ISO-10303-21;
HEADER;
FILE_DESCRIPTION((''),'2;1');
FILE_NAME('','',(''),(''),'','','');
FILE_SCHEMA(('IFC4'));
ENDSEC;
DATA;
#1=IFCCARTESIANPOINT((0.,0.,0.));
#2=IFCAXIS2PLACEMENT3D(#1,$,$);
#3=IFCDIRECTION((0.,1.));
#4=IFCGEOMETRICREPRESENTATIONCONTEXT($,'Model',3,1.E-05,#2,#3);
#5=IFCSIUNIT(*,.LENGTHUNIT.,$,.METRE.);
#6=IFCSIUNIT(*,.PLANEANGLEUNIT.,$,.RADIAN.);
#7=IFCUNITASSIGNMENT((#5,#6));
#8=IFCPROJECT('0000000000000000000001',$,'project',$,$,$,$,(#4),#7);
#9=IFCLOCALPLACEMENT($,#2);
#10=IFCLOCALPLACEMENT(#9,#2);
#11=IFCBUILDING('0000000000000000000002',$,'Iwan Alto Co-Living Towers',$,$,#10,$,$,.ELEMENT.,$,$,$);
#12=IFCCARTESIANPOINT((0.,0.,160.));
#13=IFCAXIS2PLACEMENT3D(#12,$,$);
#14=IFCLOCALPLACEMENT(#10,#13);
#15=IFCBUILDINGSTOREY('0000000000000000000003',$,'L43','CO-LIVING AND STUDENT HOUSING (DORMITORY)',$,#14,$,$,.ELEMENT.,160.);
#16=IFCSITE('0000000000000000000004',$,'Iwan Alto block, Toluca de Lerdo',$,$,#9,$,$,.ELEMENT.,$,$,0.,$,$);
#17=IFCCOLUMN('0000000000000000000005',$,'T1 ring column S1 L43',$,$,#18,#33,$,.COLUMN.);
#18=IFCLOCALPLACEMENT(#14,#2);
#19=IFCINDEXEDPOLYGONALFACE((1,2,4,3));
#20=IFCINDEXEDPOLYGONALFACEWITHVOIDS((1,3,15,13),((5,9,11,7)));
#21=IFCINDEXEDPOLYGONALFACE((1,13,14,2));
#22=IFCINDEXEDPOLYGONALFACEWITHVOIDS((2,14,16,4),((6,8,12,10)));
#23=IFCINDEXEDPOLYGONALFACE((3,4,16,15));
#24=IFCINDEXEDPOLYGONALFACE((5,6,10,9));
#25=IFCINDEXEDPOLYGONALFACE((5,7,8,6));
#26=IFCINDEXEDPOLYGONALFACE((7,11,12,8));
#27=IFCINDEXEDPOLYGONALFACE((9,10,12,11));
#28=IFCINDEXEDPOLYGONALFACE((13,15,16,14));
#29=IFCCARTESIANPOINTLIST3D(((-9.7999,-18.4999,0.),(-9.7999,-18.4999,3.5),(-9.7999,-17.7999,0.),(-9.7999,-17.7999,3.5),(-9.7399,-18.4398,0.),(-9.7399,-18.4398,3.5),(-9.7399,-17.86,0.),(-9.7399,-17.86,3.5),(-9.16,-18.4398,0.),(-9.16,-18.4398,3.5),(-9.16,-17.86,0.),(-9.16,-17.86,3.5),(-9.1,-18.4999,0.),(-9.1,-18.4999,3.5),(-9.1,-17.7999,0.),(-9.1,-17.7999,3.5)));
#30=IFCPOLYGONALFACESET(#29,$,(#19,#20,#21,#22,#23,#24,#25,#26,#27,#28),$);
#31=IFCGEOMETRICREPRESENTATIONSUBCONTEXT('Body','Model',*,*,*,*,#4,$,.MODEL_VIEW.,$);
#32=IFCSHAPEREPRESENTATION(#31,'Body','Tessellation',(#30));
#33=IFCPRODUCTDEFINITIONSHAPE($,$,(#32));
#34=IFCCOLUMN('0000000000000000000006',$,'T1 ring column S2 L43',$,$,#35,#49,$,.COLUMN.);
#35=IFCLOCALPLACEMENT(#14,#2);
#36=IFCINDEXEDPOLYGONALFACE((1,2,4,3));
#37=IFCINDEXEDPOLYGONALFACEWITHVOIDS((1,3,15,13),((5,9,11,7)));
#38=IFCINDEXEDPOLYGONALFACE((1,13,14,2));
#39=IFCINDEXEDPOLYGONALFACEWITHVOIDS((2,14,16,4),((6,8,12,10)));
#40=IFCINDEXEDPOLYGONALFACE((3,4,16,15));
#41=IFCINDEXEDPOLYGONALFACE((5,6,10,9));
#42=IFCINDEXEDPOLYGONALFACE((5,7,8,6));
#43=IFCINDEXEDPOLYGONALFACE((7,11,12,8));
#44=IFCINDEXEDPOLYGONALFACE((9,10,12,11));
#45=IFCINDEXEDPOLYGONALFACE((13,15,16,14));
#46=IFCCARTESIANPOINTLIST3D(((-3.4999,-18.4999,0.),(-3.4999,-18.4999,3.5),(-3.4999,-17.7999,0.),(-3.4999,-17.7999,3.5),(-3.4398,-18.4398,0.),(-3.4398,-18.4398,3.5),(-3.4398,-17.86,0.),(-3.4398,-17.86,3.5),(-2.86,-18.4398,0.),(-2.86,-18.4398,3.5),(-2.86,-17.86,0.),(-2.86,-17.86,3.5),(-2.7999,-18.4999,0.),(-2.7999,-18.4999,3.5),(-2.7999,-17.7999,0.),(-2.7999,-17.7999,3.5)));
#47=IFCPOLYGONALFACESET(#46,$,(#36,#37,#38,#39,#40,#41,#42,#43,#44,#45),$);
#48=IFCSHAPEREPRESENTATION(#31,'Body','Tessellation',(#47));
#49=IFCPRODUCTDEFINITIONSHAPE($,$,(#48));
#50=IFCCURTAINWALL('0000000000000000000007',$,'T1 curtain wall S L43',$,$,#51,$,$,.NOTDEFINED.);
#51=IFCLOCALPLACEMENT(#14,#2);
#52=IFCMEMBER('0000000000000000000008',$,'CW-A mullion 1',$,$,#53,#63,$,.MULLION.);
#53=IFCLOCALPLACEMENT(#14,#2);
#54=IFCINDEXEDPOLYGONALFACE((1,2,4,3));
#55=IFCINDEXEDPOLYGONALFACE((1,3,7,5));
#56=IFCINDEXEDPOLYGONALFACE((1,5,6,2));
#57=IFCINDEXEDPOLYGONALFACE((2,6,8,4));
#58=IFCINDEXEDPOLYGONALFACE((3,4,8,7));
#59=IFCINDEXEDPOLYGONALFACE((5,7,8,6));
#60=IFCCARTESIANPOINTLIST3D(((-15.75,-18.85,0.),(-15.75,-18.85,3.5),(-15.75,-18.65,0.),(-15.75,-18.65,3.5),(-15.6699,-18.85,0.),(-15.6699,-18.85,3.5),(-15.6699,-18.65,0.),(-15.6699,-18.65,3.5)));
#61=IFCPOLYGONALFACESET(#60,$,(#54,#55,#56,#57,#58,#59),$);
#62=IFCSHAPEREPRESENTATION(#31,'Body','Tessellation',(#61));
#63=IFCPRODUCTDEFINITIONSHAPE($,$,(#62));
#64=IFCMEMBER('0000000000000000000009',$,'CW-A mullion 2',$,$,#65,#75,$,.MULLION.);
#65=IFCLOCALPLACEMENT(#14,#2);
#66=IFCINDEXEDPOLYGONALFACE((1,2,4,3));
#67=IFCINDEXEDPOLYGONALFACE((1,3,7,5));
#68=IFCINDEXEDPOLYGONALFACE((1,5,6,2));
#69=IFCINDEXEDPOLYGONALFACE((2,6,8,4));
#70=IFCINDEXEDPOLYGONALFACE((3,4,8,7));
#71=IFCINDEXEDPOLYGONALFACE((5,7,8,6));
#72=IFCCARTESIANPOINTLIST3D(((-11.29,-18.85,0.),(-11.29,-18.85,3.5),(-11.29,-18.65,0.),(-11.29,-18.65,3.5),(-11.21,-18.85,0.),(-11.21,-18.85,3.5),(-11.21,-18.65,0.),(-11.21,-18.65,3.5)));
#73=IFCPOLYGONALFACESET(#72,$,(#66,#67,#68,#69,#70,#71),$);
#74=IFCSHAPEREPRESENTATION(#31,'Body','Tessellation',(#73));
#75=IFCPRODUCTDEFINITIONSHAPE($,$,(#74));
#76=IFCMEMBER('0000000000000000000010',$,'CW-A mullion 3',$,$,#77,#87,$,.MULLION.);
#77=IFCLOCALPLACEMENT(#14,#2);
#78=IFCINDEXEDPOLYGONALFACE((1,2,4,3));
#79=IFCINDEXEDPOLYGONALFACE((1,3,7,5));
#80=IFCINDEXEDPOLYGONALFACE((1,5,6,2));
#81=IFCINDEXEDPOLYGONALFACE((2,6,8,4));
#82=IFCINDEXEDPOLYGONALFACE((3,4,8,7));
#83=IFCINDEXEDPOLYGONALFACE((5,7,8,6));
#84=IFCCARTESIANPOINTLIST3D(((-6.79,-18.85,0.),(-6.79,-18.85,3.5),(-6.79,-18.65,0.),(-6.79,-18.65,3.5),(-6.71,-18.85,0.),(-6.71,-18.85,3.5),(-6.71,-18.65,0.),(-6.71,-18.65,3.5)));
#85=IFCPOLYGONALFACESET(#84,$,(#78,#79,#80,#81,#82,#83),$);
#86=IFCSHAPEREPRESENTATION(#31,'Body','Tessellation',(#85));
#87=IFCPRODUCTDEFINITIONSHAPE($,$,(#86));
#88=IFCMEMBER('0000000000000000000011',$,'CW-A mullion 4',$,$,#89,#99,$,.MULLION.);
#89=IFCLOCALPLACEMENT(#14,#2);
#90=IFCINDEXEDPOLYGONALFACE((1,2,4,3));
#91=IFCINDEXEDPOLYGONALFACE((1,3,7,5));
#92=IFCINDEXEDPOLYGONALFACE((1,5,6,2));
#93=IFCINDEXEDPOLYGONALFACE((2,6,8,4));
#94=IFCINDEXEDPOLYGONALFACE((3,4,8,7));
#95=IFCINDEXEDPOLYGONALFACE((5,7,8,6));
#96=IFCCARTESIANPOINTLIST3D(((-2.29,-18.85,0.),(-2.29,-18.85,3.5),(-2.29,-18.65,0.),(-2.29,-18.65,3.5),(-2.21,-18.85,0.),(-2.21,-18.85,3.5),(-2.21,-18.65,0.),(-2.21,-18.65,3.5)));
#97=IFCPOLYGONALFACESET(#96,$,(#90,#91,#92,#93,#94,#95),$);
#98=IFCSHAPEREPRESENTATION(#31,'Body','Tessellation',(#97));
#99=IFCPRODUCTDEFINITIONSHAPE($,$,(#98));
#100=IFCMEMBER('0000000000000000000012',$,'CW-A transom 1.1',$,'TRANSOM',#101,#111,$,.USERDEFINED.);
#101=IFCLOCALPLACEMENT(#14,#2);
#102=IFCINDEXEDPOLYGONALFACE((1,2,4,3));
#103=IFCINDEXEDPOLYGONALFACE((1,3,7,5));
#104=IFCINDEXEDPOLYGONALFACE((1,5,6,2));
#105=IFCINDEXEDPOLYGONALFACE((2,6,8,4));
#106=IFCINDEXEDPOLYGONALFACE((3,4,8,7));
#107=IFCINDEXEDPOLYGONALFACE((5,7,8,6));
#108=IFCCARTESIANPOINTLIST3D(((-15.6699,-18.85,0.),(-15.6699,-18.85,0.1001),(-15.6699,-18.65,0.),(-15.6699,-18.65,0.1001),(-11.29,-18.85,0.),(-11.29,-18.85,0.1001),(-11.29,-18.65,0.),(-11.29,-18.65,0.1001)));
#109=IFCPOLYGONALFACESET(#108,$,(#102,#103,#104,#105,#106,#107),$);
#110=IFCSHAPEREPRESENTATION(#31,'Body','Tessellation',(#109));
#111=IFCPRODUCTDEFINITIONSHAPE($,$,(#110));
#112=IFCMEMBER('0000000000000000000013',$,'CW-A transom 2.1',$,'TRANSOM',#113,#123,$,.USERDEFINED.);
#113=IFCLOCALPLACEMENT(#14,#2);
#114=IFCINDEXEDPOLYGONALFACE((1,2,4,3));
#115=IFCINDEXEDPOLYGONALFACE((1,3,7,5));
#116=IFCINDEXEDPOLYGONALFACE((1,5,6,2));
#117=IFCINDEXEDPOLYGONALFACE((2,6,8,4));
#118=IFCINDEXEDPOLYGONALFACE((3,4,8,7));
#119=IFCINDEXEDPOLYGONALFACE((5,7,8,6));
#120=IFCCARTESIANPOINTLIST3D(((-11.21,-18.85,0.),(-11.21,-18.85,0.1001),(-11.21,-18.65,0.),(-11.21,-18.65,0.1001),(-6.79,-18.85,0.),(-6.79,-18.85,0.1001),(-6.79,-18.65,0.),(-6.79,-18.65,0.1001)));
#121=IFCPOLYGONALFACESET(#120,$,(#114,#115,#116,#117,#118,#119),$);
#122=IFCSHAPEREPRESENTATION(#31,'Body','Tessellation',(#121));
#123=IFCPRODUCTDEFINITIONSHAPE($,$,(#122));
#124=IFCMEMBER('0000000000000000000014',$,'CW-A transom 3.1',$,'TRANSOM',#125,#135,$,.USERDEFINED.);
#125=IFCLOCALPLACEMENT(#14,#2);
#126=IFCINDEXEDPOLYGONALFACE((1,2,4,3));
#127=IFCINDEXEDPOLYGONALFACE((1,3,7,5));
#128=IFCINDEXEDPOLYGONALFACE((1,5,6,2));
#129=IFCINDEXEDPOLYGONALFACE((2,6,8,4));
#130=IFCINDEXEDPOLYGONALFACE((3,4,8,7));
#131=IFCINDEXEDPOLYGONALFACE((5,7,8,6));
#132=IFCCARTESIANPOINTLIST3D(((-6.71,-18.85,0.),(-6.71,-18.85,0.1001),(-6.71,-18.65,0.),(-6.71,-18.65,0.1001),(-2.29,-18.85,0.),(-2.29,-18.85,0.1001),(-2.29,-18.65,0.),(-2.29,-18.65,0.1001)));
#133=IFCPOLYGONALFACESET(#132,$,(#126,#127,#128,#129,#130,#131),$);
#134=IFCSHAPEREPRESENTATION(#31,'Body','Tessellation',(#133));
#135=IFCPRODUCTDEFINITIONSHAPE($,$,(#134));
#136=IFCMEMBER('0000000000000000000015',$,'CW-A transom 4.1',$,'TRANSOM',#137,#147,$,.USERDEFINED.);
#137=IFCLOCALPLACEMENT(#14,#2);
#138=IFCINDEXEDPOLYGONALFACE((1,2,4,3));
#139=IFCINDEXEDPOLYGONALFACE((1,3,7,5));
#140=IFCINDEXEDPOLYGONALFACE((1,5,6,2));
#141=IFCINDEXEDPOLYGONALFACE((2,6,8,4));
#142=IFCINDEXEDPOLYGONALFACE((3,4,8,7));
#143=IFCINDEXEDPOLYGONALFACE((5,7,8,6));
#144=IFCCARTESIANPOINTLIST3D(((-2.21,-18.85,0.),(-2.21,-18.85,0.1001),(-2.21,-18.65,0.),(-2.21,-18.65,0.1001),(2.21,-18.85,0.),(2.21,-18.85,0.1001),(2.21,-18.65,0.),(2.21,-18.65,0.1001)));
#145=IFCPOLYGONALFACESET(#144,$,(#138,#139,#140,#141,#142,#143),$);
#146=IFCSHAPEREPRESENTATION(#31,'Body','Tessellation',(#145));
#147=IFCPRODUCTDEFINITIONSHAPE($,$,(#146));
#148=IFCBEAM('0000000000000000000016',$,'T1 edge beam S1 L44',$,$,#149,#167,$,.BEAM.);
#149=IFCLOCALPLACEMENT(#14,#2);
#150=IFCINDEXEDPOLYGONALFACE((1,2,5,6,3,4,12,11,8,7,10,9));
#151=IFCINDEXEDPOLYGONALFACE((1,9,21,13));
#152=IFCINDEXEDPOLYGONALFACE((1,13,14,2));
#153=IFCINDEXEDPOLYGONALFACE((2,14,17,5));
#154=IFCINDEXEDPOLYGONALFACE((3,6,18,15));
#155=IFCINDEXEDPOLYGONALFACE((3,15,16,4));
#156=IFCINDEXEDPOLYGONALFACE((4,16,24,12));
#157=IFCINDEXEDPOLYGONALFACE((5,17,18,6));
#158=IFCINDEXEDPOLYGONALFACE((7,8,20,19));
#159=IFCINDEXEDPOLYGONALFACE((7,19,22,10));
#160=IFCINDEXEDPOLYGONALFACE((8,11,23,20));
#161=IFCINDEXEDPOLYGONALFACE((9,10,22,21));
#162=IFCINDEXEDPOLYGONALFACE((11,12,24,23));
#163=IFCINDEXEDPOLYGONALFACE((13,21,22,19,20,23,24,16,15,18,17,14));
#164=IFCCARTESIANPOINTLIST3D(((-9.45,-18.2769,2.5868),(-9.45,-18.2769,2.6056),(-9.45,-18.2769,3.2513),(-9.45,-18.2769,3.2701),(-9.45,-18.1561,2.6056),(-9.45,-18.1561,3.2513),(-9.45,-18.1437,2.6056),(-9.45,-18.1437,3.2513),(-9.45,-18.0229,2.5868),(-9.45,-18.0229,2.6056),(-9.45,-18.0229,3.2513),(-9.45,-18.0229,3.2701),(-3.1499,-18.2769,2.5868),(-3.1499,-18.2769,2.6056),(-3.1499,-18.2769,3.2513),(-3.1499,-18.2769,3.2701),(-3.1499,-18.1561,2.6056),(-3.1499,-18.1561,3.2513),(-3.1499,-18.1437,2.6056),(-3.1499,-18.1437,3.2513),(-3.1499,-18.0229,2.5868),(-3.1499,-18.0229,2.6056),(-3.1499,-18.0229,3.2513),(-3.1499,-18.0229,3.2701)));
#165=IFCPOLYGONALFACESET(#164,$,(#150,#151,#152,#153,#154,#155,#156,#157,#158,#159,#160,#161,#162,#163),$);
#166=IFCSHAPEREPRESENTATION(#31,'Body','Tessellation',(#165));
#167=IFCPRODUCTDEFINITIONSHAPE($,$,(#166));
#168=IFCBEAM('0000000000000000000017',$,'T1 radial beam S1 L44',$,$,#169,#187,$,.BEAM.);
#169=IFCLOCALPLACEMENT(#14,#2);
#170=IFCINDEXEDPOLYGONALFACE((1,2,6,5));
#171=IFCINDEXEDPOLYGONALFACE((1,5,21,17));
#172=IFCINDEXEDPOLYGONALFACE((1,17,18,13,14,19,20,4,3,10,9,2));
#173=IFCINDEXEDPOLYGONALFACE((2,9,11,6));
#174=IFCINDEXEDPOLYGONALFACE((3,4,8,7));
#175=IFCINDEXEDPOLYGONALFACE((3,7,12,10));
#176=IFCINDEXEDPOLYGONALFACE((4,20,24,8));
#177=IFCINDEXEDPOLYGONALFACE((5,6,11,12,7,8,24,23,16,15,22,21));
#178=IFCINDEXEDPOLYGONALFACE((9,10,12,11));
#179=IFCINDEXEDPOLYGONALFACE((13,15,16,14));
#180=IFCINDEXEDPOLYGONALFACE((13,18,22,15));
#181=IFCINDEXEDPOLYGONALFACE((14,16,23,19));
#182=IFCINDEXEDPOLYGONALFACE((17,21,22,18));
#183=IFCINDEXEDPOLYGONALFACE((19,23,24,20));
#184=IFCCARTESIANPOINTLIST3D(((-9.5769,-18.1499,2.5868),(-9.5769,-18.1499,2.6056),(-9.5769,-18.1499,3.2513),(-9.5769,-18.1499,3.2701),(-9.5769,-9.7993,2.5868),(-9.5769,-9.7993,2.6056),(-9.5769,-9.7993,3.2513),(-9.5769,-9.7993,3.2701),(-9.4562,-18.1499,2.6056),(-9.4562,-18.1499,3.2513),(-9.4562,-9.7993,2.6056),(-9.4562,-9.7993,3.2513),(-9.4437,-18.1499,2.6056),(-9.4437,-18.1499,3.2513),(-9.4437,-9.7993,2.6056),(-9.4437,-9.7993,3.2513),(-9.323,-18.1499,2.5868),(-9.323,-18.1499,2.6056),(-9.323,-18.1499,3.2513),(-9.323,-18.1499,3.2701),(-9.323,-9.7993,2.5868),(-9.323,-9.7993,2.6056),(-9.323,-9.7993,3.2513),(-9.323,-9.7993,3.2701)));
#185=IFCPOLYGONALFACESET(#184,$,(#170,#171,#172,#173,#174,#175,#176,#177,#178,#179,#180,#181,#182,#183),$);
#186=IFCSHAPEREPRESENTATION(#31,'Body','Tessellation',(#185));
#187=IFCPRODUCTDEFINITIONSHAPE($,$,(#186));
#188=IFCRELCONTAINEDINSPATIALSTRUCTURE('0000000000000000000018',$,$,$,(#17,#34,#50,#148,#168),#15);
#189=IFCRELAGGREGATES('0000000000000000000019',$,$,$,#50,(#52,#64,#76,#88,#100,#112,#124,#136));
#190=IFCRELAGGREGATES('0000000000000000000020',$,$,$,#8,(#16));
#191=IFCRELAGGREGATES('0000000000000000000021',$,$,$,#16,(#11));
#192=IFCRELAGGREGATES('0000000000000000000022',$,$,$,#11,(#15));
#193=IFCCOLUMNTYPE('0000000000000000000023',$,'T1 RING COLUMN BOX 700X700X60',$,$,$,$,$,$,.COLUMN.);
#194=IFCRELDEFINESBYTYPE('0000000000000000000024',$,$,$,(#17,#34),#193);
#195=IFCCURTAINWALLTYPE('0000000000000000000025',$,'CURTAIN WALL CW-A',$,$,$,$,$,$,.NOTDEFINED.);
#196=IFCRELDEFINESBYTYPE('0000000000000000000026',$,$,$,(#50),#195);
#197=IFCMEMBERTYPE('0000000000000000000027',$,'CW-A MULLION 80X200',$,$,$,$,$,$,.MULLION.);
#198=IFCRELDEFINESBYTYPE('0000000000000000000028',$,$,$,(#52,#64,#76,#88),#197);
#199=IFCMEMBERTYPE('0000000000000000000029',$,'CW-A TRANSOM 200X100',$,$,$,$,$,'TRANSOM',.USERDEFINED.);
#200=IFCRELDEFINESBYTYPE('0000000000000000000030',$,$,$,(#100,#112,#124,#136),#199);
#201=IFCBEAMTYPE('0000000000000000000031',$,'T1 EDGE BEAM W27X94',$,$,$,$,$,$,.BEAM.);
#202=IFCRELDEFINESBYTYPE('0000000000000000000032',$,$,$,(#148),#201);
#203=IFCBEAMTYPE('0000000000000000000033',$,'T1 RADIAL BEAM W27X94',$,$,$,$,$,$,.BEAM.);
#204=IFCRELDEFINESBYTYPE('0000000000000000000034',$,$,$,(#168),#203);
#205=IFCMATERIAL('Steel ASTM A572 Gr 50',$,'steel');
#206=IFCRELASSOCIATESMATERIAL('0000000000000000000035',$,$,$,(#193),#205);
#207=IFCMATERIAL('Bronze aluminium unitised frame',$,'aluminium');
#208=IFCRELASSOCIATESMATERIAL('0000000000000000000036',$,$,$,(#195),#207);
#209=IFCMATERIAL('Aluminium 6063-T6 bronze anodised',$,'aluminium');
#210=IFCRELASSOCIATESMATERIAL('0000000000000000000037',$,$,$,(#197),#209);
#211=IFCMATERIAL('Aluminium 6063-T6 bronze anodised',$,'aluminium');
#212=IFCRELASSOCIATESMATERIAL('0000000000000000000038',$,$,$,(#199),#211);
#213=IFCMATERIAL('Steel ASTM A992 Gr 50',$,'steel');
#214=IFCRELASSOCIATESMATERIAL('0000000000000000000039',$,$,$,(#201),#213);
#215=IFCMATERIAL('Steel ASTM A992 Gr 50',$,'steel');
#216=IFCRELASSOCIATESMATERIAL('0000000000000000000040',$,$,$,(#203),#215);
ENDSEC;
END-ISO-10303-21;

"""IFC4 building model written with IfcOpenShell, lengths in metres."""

from ifc_helpers import new_model, si_unit, direction, frame, origin, origin_2d, place, context, subcontext, project, spatial, rectangle, hollow_rectangle, i_section, extrude, material, material_profile, profile_set, type_object, element, aggregate, save


model = new_model("IFC4")

# Units and contexts
model_context = context("Model", 3, precision=1e-05, world=origin(), true_north=direction((0.0, 1.0)))
body_context = subcontext(model_context, "Body", "Model", "MODEL_VIEW")
ifc_project = project(units=[si_unit("LENGTHUNIT", "METRE"), si_unit("PLANEANGLEUNIT", "RADIAN")], contexts=[model_context])

# Site, building, storey
site_placement = place(None, origin())
site = spatial("IfcSite", under=ifc_project, at=site_placement, Name="Iwan Alto block, Toluca de Lerdo", CompositionType="ELEMENT", RefElevation=0.0)
building_placement = place(site_placement, origin())
building = spatial("IfcBuilding", under=site, at=building_placement, Name="Iwan Alto Co-Living Towers", CompositionType="ELEMENT")
storey_placement = place(building_placement, frame((0.0, 0.0, 160.0)))
storey = spatial("IfcBuildingStorey", under=building, at=storey_placement, Name="L43", Description="CO-LIVING AND STUDENT HOUSING (DORMITORY)", CompositionType="ELEMENT", Elevation=160.0)

# Columns
ifc_material_1 = material(Name="Steel ASTM A572 Gr 50", Category="steel")
ifc_material_profile_1 = material_profile(ifc_material_1, hollow_rectangle(XDim=0.7, YDim=0.7, WallThickness=0.0601, at=origin_2d()), Name="BOX 700X700X60")
ifc_profile_set_1 = profile_set([ifc_material_profile_1], Name="Steel ASTM A572 Gr 50")
column_type = type_object("IfcColumnType", Name="T1 RING COLUMN BOX 700X700X60", PredefinedType="COLUMN", material=ifc_profile_set_1)
for number, where, z_axis, x_axis, name in (
    (1, (-9.45, -18.1499, 0.0), (0.0, 0.0, 1.0), (1.0, 0.0, 0.0), "T1 ring column S1 L43"),
    (2, (-3.1499, -18.1499, 0.0), (0.0, 0.0, 1.0), (1.0, 0.0, 0.0), "T1 ring column S2 L43"),
):
    element("IfcColumn", number, at=place(storey_placement, frame(where, z_axis=z_axis, x_axis=x_axis)), inside=storey, type_object=column_type, Name=name, PredefinedType="COLUMN", context=body_context, shape_type="SweptSolid", body=[
        extrude(hollow_rectangle(XDim=0.7, YDim=0.7, WallThickness=0.0601, at=origin_2d()), origin(), (0.0, 0.0, 1.0), 3.5),
    ])

# Curtain wall, members
ifc_material_2 = material(Name="Bronze aluminium unitised frame", Category="aluminium")
curtain_wall_type = type_object("IfcCurtainWallType", Name="CURTAIN WALL CW-A", PredefinedType="NOTDEFINED", material=ifc_material_2)
curtain_wall_placement = place(storey_placement, origin())
curtain_wall = element("IfcCurtainWall", 3, at=curtain_wall_placement, inside=storey, type_object=curtain_wall_type, Name="T1 curtain wall S L43", PredefinedType="NOTDEFINED")
ifc_material_3 = material(Name="Aluminium 6063-T6 bronze anodised", Category="aluminium")
ifc_material_profile_2 = material_profile(ifc_material_3, rectangle(XDim=0.2, YDim=0.0801, at=origin_2d()), Name="AL 80X200")
ifc_profile_set_2 = profile_set([ifc_material_profile_2], Name="Aluminium 6063-T6 bronze anodised")
member_type_1 = type_object("IfcMemberType", Name="CW-A MULLION 80X200", PredefinedType="MULLION", material=ifc_profile_set_2)
member_1_placement = place(storey_placement, frame((-15.71, -18.75, 0.0), z_axis=(0.0, 0.0, 1.0), x_axis=(0.0, 1.0, 0.0)))
member_1 = element("IfcMember", 4, at=member_1_placement, type_object=member_type_1, Name="CW-A mullion 1", PredefinedType="MULLION", context=body_context, shape_type="SweptSolid", body=[
    extrude(rectangle(XDim=0.2, YDim=0.0801, at=origin_2d()), origin(), (0.0, 0.0, 1.0), 3.5),
])
member_2_placement = place(storey_placement, frame((-11.25, -18.75, 0.0), z_axis=(0.0, 0.0, 1.0), x_axis=(0.0, 1.0, 0.0)))
member_2 = element("IfcMember", 5, at=member_2_placement, type_object=member_type_1, Name="CW-A mullion 2", PredefinedType="MULLION", context=body_context, shape_type="SweptSolid", body=[
    extrude(rectangle(XDim=0.2, YDim=0.0801, at=origin_2d()), origin(), (0.0, 0.0, 1.0), 3.5),
])
member_3_placement = place(storey_placement, frame((-6.75, -18.75, 0.0), z_axis=(0.0, 0.0, 1.0), x_axis=(0.0, 1.0, 0.0)))
member_3 = element("IfcMember", 6, at=member_3_placement, type_object=member_type_1, Name="CW-A mullion 3", PredefinedType="MULLION", context=body_context, shape_type="SweptSolid", body=[
    extrude(rectangle(XDim=0.2, YDim=0.0801, at=origin_2d()), origin(), (0.0, 0.0, 1.0), 3.5),
])
member_4_placement = place(storey_placement, frame((-2.25, -18.75, 0.0), z_axis=(0.0, 0.0, 1.0), x_axis=(0.0, 1.0, 0.0)))
member_4 = element("IfcMember", 7, at=member_4_placement, type_object=member_type_1, Name="CW-A mullion 4", PredefinedType="MULLION", context=body_context, shape_type="SweptSolid", body=[
    extrude(rectangle(XDim=0.2, YDim=0.0801, at=origin_2d()), origin(), (0.0, 0.0, 1.0), 3.5),
])
ifc_material_4 = material(Name="Aluminium 6063-T6 bronze anodised", Category="aluminium")
ifc_material_profile_3 = material_profile(ifc_material_4, rectangle(XDim=0.2, YDim=0.1001, at=origin_2d()), Name="AL 200X100")
ifc_profile_set_3 = profile_set([ifc_material_profile_3], Name="Aluminium 6063-T6 bronze anodised")
member_type_2 = type_object("IfcMemberType", Name="CW-A TRANSOM 200X100", ElementType="TRANSOM", PredefinedType="USERDEFINED", material=ifc_profile_set_3)
member_5_placement = place(storey_placement, frame((-15.6699, -18.75, 0.05), z_axis=(1.0, 0.0, 0.0), x_axis=(0.0, 1.0, 0.0)))
member_5 = element("IfcMember", 8, at=member_5_placement, type_object=member_type_2, Name="CW-A transom 1.1", ObjectType="TRANSOM", PredefinedType="USERDEFINED", context=body_context, shape_type="SweptSolid", body=[
    extrude(rectangle(XDim=0.2, YDim=0.1001, at=origin_2d()), origin(), (0.0, 0.0, 1.0), 4.3799),
])
member_6_placement = place(storey_placement, frame((-11.21, -18.75, 0.05), z_axis=(1.0, 0.0, 0.0), x_axis=(0.0, 1.0, 0.0)))
member_6 = element("IfcMember", 9, at=member_6_placement, type_object=member_type_2, Name="CW-A transom 2.1", ObjectType="TRANSOM", PredefinedType="USERDEFINED", context=body_context, shape_type="SweptSolid", body=[
    extrude(rectangle(XDim=0.2, YDim=0.1001, at=origin_2d()), origin(), (0.0, 0.0, 1.0), 4.4199),
])
member_7_placement = place(storey_placement, frame((-6.71, -18.75, 0.05), z_axis=(1.0, 0.0, 0.0), x_axis=(0.0, 1.0, 0.0)))
member_7 = element("IfcMember", 10, at=member_7_placement, type_object=member_type_2, Name="CW-A transom 3.1", ObjectType="TRANSOM", PredefinedType="USERDEFINED", context=body_context, shape_type="SweptSolid", body=[
    extrude(rectangle(XDim=0.2, YDim=0.1001, at=origin_2d()), origin(), (0.0, 0.0, 1.0), 4.4199),
])
member_8_placement = place(storey_placement, frame((-2.21, -18.75, 0.05), z_axis=(1.0, 0.0, 0.0), x_axis=(0.0, 1.0, 0.0)))
member_8 = element("IfcMember", 11, at=member_8_placement, type_object=member_type_2, Name="CW-A transom 4.1", ObjectType="TRANSOM", PredefinedType="USERDEFINED", context=body_context, shape_type="SweptSolid", body=[
    extrude(rectangle(XDim=0.2, YDim=0.1001, at=origin_2d()), origin(), (0.0, 0.0, 1.0), 4.4199),
])

# Beams
ifc_material_5 = material(Name="Steel ASTM A992 Gr 50", Category="steel")
ifc_material_profile_4 = material_profile(ifc_material_5, i_section(OverallWidth=0.2539, OverallDepth=0.6833, WebThickness=0.0125, FlangeThickness=0.0188, at=origin_2d()), Name="W27X94")
ifc_profile_set_4 = profile_set([ifc_material_profile_4], Name="Steel ASTM A992 Gr 50")
beam_type_1 = type_object("IfcBeamType", Name="T1 EDGE BEAM W27X94", PredefinedType="BEAM", material=ifc_profile_set_4)
beam_1_placement = place(storey_placement, frame((-9.45, -18.1499, 2.9285), z_axis=(1.0, 0.0, 0.0), x_axis=(0.0, 1.0, 0.0)))
element("IfcBeam", 12, at=beam_1_placement, inside=storey, type_object=beam_type_1, Name="T1 edge beam S1 L44", PredefinedType="BEAM", context=body_context, shape_type="SweptSolid", body=[
    extrude(i_section(OverallWidth=0.2539, OverallDepth=0.6833, WebThickness=0.0125, FlangeThickness=0.0188, at=origin_2d()), origin(), (0.0, 0.0, 1.0), 6.3),
])
ifc_material_6 = material(Name="Steel ASTM A992 Gr 50", Category="steel")
ifc_material_profile_5 = material_profile(ifc_material_6, i_section(OverallWidth=0.2539, OverallDepth=0.6833, WebThickness=0.0125, FlangeThickness=0.0188, at=origin_2d()), Name="W27X94")
ifc_profile_set_5 = profile_set([ifc_material_profile_5], Name="Steel ASTM A992 Gr 50")
beam_type_2 = type_object("IfcBeamType", Name="T1 RADIAL BEAM W27X94", PredefinedType="BEAM", material=ifc_profile_set_5)
beam_2_placement = place(storey_placement, frame((-9.45, -18.1499, 2.9285), z_axis=(0.0, 1.0, 0.0), x_axis=(-1.0, 0.0, 0.0)))
element("IfcBeam", 13, at=beam_2_placement, inside=storey, type_object=beam_type_2, Name="T1 radial beam S1 L44", PredefinedType="BEAM", context=body_context, shape_type="SweptSolid", body=[
    extrude(i_section(OverallWidth=0.2539, OverallDepth=0.6833, WebThickness=0.0125, FlangeThickness=0.0188, at=origin_2d()), origin(), (0.0, 0.0, 1.0), 8.3506),
])

aggregate(curtain_wall, [member_1, member_2, member_3, member_4, member_5, member_6, member_7, member_8])

save(model, "model.ifc")
